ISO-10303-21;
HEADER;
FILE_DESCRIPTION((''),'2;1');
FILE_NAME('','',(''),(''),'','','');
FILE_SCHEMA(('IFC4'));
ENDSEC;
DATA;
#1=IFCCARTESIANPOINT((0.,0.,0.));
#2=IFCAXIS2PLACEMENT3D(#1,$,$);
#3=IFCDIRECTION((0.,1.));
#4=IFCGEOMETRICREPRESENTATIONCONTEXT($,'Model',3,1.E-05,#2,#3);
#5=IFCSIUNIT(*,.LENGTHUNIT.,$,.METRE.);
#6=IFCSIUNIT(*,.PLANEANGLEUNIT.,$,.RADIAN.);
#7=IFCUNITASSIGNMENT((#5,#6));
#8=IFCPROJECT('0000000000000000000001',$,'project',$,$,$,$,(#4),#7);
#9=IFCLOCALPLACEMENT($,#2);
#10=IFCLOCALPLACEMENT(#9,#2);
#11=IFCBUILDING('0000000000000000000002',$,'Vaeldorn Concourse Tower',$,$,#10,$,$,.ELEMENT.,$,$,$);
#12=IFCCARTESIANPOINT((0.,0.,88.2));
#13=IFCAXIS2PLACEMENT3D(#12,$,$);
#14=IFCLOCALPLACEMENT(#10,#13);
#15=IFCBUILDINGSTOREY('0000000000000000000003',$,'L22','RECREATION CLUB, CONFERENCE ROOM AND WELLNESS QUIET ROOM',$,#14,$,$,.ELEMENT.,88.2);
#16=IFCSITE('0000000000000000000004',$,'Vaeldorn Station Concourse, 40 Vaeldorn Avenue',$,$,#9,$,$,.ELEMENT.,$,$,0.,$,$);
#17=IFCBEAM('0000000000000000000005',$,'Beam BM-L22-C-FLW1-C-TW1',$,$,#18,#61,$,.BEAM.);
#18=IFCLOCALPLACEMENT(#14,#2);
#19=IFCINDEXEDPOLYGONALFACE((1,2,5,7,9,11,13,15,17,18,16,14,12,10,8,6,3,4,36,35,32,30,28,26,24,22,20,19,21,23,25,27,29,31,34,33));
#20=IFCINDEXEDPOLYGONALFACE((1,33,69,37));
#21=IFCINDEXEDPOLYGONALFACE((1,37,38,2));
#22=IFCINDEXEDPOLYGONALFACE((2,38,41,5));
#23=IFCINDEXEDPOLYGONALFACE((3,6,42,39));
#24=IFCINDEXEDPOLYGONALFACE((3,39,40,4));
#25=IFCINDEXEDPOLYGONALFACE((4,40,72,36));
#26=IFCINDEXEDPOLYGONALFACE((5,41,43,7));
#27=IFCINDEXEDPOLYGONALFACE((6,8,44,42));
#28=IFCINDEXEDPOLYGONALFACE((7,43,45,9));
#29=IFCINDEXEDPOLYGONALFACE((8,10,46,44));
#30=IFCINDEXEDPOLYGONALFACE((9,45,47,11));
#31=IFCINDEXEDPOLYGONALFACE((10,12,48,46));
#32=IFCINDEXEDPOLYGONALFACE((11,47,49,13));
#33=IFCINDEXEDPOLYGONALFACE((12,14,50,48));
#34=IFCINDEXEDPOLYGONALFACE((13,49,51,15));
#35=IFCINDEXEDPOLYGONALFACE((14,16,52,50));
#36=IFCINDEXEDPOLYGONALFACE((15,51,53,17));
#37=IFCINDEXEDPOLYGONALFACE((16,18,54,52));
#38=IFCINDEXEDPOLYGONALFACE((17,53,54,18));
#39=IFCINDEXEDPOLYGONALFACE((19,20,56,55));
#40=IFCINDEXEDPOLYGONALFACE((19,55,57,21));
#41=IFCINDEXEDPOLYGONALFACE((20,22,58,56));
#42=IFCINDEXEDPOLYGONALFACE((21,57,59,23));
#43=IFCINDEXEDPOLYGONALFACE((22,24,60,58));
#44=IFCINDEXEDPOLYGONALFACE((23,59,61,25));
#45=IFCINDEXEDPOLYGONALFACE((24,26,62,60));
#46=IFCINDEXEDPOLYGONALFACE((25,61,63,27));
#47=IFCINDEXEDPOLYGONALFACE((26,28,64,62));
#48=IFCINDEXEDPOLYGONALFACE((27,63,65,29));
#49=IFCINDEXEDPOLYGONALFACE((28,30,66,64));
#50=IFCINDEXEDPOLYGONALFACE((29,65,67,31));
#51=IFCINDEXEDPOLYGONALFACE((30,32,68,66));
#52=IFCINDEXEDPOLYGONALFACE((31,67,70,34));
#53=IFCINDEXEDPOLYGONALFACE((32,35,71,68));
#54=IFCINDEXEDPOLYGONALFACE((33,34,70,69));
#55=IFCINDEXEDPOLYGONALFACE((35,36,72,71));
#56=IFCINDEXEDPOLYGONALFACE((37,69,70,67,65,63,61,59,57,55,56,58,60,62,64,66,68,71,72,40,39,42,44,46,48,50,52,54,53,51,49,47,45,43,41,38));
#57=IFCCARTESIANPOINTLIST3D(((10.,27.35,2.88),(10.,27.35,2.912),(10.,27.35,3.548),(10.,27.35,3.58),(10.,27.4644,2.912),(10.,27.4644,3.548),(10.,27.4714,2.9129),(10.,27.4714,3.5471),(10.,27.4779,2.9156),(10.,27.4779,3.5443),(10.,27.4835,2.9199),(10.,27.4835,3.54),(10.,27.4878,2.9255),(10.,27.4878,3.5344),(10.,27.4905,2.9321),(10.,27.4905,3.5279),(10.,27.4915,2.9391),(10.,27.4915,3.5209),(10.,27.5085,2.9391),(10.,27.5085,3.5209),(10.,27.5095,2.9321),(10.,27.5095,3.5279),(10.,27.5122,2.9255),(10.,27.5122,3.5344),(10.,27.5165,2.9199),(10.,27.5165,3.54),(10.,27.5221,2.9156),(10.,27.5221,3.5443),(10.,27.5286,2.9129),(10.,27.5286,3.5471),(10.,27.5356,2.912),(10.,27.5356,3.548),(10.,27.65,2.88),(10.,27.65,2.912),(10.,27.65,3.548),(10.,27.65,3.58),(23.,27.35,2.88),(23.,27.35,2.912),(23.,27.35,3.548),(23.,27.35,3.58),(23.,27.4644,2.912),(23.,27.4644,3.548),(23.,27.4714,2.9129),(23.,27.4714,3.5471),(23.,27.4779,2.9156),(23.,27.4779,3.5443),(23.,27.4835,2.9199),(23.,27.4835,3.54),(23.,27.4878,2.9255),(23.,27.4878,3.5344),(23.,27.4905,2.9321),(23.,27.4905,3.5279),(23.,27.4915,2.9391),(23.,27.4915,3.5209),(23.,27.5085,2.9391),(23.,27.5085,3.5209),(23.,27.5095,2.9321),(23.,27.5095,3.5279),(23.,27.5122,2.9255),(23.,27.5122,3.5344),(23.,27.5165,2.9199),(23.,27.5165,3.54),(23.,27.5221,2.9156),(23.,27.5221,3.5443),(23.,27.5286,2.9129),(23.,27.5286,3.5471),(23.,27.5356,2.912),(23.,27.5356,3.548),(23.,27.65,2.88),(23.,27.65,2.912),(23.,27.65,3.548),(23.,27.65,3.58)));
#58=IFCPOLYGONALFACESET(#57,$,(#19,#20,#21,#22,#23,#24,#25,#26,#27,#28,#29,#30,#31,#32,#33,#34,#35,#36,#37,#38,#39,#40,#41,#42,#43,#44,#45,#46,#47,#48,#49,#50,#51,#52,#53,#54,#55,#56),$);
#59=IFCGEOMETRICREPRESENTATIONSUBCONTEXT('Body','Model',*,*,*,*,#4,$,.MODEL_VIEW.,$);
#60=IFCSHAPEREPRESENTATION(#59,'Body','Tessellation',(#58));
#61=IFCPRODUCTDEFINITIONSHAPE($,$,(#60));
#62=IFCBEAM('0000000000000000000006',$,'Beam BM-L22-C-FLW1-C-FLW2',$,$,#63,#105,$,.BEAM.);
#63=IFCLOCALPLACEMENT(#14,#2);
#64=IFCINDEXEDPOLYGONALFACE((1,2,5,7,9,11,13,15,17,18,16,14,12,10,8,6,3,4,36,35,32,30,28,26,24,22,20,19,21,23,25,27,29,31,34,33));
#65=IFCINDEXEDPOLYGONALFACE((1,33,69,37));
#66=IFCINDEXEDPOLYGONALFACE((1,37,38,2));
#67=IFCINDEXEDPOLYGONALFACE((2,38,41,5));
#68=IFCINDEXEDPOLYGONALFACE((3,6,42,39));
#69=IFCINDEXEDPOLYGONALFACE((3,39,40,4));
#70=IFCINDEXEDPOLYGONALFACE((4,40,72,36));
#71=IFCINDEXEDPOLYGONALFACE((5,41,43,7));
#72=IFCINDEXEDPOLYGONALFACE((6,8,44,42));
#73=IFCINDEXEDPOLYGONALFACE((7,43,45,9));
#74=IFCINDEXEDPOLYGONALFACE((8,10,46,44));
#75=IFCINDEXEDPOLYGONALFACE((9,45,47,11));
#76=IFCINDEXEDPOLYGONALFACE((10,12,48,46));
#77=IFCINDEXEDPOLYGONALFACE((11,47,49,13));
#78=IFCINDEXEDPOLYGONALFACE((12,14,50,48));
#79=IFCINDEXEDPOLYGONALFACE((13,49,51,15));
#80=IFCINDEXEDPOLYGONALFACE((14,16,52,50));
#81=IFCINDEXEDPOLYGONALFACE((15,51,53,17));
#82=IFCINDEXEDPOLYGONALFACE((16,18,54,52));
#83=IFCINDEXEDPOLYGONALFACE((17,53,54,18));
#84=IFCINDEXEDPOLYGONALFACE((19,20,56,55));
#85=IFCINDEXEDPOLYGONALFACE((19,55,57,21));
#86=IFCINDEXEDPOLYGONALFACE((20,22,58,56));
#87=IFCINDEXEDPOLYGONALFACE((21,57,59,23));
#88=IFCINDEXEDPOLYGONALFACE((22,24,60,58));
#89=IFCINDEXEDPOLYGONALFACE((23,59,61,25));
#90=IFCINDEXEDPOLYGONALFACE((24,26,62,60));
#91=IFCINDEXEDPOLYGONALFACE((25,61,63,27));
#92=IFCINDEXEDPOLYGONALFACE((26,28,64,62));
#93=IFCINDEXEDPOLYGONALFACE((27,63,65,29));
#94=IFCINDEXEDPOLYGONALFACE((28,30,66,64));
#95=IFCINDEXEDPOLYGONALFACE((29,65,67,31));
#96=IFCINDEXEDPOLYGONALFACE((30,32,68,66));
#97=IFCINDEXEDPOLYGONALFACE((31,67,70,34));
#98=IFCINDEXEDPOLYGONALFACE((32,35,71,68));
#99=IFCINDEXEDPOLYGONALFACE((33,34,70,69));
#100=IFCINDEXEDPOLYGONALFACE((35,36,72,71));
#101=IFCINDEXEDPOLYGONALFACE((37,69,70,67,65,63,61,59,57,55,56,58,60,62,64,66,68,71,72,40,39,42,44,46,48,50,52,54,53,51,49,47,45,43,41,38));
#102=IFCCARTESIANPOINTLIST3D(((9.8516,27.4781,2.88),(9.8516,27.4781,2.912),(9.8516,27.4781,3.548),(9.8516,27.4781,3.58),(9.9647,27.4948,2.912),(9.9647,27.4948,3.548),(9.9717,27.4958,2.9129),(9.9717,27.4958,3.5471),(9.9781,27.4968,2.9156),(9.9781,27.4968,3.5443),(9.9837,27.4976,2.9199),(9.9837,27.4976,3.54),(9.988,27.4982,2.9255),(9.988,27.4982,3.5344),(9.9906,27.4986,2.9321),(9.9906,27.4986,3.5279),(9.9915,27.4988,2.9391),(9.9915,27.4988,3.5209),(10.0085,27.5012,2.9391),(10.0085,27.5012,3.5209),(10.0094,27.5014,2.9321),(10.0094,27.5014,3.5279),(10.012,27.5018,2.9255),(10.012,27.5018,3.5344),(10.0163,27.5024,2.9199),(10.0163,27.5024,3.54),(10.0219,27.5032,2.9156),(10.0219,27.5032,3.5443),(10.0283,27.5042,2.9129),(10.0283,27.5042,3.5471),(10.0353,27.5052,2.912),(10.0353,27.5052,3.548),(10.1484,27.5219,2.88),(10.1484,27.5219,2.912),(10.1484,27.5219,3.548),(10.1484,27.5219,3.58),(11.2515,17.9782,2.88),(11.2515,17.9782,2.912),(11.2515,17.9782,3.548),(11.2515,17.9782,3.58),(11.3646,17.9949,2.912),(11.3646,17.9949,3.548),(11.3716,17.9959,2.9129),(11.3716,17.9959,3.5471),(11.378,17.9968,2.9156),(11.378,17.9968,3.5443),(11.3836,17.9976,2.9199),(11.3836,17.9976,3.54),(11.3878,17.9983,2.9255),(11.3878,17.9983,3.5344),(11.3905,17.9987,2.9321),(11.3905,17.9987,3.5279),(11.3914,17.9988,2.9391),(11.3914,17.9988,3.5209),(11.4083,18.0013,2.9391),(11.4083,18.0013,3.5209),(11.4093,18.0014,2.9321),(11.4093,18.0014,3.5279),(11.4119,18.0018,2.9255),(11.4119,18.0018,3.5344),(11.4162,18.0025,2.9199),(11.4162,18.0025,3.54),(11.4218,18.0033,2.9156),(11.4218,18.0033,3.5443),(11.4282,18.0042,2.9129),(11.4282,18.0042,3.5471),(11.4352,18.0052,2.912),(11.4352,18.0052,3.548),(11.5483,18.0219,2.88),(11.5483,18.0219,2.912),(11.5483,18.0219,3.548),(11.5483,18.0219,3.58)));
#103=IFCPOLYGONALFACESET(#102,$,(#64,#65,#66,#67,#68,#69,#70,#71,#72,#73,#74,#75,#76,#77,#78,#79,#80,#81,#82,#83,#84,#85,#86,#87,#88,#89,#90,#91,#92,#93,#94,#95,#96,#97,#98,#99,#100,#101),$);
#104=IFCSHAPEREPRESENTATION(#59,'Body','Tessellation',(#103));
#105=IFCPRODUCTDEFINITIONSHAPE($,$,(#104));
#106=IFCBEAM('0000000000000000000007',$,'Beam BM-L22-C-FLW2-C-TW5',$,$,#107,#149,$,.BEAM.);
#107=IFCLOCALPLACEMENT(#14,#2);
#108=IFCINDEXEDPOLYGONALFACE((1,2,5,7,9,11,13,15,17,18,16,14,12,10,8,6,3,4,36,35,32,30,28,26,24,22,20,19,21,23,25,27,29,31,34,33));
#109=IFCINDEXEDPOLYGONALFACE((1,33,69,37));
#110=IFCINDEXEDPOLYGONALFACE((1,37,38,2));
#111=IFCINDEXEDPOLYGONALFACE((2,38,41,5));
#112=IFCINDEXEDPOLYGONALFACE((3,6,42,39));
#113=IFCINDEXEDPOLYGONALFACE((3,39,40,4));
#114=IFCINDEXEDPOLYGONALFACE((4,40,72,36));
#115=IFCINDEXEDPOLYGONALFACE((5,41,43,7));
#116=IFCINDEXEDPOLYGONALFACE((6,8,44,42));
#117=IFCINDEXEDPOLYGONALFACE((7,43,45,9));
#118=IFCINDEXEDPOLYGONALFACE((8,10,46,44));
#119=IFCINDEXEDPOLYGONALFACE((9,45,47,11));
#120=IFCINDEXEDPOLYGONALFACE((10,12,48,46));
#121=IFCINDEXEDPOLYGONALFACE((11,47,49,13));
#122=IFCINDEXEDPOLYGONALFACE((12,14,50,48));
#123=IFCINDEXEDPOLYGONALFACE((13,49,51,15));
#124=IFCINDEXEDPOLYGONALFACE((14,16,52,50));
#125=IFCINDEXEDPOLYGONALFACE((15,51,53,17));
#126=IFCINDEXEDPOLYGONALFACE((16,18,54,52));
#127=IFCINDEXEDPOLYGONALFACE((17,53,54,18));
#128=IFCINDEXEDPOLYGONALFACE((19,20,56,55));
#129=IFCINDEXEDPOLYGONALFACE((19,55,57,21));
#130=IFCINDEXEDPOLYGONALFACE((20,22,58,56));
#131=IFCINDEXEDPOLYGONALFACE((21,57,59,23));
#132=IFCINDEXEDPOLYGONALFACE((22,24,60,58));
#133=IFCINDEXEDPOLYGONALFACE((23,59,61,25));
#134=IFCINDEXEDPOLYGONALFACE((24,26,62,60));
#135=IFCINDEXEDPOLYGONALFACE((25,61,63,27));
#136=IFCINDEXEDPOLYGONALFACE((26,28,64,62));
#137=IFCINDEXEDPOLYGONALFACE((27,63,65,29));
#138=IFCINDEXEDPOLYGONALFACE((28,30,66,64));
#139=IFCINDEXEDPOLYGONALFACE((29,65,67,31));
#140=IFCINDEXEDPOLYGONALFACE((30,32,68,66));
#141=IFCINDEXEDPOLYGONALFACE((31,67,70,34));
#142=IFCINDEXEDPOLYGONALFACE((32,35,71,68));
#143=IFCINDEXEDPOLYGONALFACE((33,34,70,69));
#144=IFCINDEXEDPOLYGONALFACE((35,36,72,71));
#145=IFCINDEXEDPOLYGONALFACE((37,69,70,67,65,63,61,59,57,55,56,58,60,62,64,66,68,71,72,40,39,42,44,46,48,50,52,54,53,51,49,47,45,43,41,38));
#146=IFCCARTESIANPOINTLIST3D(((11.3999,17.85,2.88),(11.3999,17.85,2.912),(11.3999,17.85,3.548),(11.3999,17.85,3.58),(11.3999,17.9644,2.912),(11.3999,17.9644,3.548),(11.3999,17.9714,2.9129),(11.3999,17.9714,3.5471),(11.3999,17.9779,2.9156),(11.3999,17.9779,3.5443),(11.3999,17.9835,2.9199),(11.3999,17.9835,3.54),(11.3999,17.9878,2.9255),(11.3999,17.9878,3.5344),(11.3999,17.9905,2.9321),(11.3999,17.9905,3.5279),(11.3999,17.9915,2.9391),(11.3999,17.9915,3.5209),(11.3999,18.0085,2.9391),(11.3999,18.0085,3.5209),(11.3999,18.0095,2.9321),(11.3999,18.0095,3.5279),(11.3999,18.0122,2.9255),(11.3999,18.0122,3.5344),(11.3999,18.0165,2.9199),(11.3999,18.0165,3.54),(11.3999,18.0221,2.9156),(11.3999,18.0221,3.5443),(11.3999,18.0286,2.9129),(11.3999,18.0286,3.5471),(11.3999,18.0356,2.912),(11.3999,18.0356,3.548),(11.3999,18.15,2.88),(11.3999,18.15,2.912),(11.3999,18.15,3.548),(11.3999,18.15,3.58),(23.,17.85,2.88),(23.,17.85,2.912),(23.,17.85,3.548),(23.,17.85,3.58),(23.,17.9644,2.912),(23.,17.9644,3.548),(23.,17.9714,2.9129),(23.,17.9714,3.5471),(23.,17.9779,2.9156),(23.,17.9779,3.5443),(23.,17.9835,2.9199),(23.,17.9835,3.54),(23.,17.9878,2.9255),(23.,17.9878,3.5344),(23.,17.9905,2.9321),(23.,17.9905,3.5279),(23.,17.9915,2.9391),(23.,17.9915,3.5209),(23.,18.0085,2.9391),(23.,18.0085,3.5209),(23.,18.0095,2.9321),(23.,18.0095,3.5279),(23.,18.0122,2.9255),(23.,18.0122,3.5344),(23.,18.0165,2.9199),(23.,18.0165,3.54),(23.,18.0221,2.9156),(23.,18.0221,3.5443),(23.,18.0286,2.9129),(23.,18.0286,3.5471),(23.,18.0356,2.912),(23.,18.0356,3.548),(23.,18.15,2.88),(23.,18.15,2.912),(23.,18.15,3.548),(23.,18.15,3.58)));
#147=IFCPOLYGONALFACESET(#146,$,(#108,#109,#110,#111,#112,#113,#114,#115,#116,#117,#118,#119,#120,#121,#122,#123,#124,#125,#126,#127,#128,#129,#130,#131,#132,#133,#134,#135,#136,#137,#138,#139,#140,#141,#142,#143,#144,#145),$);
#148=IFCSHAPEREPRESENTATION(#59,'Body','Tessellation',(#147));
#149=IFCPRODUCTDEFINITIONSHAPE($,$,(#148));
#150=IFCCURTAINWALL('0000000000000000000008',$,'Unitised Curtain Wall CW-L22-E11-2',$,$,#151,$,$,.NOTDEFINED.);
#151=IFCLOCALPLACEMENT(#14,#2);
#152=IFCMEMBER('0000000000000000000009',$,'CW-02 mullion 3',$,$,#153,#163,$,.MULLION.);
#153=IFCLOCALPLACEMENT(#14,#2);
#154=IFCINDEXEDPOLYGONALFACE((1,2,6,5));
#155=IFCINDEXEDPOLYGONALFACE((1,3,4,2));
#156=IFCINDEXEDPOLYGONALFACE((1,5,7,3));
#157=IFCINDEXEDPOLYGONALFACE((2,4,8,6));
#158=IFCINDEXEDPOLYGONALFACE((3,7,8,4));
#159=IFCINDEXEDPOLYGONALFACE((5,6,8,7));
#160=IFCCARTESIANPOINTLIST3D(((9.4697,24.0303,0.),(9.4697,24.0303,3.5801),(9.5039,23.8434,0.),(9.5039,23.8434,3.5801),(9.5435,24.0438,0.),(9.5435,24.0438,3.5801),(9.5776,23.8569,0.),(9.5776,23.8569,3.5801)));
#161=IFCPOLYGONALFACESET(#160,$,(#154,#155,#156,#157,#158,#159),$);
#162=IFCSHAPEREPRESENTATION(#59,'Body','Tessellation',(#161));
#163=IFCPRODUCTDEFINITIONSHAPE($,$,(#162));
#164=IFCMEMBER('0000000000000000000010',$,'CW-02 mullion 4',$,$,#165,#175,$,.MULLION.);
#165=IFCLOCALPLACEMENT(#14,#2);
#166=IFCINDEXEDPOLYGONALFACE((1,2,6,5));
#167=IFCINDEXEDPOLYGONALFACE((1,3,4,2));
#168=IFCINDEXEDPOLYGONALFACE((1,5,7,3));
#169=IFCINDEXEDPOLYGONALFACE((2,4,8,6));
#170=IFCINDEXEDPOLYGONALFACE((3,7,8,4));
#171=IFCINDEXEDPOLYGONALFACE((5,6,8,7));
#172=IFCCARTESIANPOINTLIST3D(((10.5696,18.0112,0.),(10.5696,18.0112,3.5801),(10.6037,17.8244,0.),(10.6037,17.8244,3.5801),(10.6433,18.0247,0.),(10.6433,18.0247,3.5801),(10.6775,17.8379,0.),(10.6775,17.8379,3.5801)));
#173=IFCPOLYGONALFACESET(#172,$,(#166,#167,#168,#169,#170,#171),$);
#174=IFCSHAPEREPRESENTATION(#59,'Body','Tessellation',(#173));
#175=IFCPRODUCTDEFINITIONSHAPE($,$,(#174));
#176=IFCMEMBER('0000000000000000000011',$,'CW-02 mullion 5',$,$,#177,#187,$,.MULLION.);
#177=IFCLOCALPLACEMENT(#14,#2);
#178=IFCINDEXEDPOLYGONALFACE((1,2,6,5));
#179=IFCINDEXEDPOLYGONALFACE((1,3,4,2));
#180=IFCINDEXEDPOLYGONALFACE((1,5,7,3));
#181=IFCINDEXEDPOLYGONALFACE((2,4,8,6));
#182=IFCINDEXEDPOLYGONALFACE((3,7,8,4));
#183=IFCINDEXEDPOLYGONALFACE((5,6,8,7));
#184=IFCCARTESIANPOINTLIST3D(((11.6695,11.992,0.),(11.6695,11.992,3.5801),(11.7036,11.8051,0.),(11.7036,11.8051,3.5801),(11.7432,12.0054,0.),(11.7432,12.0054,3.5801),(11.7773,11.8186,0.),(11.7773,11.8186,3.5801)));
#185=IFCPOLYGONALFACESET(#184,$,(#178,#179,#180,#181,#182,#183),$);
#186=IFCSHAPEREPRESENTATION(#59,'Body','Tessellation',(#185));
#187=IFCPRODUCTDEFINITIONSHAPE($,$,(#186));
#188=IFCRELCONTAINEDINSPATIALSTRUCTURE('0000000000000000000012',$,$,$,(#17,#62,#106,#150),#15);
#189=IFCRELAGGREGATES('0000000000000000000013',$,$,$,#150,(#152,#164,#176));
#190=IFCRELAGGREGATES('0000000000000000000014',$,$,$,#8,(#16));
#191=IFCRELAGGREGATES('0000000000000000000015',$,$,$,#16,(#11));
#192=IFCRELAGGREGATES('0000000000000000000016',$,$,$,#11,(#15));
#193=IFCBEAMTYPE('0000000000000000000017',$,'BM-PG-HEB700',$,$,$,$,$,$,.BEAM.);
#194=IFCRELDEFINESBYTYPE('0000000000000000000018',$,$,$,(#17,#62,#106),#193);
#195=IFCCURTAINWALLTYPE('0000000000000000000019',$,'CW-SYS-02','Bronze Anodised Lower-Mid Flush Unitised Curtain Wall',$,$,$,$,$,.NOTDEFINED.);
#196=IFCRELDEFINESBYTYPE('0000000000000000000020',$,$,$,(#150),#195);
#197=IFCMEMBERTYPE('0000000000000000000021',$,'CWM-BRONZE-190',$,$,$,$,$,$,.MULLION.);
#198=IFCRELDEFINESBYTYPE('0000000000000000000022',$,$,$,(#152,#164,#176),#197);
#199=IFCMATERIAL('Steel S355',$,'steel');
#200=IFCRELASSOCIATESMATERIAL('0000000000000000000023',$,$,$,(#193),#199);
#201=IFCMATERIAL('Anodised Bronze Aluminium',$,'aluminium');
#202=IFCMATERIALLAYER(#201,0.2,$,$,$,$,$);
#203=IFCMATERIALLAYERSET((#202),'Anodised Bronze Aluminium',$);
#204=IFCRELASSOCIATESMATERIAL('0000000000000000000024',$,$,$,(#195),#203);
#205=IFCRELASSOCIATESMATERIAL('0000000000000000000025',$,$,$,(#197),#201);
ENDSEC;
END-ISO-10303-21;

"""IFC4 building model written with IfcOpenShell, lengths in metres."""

from ifc_helpers import new_model, si_unit, direction, frame, origin, origin_2d, place, context, subcontext, project, spatial, rectangle, i_section, extrude, source, transform, mapped, material, layer, layer_set, material_profile, profile_set, type_object, element, aggregate, save


model = new_model("IFC4")

# Units and contexts
model_context = context("Model", 3, precision=1e-05, world=origin(), true_north=direction((0.0, 1.0)))
body_context = subcontext(model_context, "Body", "Model", "MODEL_VIEW")
ifc_project = project(units=[si_unit("LENGTHUNIT", "METRE"), si_unit("PLANEANGLEUNIT", "RADIAN")], contexts=[model_context])

# Site, building, storey
site_placement = place(None, origin())
site = spatial("IfcSite", under=ifc_project, at=site_placement, Name="Vaeldorn Station Concourse, 40 Vaeldorn Avenue", CompositionType="ELEMENT", RefElevation=0.0)
building_placement = place(site_placement, origin())
building = spatial("IfcBuilding", under=site, at=building_placement, Name="Vaeldorn Concourse Tower", CompositionType="ELEMENT")
storey_placement = place(building_placement, frame((0.0, 0.0, 88.2)))
storey = spatial("IfcBuildingStorey", under=building, at=storey_placement, Name="L22", Description="RECREATION CLUB, CONFERENCE ROOM AND WELLNESS QUIET ROOM", CompositionType="ELEMENT", Elevation=88.2)

# Beams
ifc_material_1 = material(Name="Steel S355", Category="steel")
ifc_material_profile_1 = material_profile(ifc_material_1, i_section(OverallWidth=0.3, OverallDepth=0.7, WebThickness=0.0171, FlangeThickness=0.032, FilletRadius=0.0271, at=origin_2d()), Name="HEB 700")
ifc_profile_set_1 = profile_set([ifc_material_profile_1], Name="Steel S355")
beam_type_1 = type_object("IfcBeamType", Name="BM-PG-HEB700", PredefinedType="BEAM", material=ifc_profile_set_1)
shared_shape_1 = source(origin(), body_context, "Body", "SweptSolid", [
    extrude(i_section(OverallWidth=0.3, OverallDepth=0.7, WebThickness=0.0171, FlangeThickness=0.032, FilletRadius=0.0271, at=origin_2d()), origin(), (0.0, 0.0, 1.0), 13.0),
])
beam_1_placement = place(storey_placement, frame((10.0, 27.5, 3.23), z_axis=(1.0, 0.0, 0.0), x_axis=(0.0, 1.0, 0.0)))
element("IfcBeam", 1, at=beam_1_placement, inside=storey, type_object=beam_type_1, Name="Beam BM-L22-C-FLW1-C-TW1", PredefinedType="BEAM", context=body_context, shape_type="MappedRepresentation", body=[
    mapped(shared_shape_1, transform((0.0, 0.0, 0.0), scale=1.0)),
])
shared_shape_2 = source(origin(), body_context, "Body", "SweptSolid", [
    extrude(i_section(OverallWidth=0.3, OverallDepth=0.7, WebThickness=0.0171, FlangeThickness=0.032, FilletRadius=0.0271, at=origin_2d()), origin(), (0.0, 0.0, 1.0), 9.6025),
])
beam_2_placement = place(storey_placement, frame((10.0, 27.5, 3.23), z_axis=(0.145784, -0.989316, 0.0), x_axis=(0.989316, 0.145784, 0.0)))
element("IfcBeam", 2, at=beam_2_placement, inside=storey, type_object=beam_type_1, Name="Beam BM-L22-C-FLW1-C-FLW2", PredefinedType="BEAM", context=body_context, shape_type="MappedRepresentation", body=[
    mapped(shared_shape_2, transform((0.0, 0.0, 0.0), scale=1.0)),
])
shared_shape_3 = source(origin(), body_context, "Body", "SweptSolid", [
    extrude(i_section(OverallWidth=0.3, OverallDepth=0.7, WebThickness=0.0171, FlangeThickness=0.032, FilletRadius=0.0271, at=origin_2d()), origin(), (0.0, 0.0, 1.0), 11.6001),
])
beam_3_placement = place(storey_placement, frame((11.3999, 18.0, 3.23), z_axis=(1.0, 0.0, 0.0), x_axis=(0.0, 1.0, 0.0)))
element("IfcBeam", 3, at=beam_3_placement, inside=storey, type_object=beam_type_1, Name="Beam BM-L22-C-FLW2-C-TW5", PredefinedType="BEAM", context=body_context, shape_type="MappedRepresentation", body=[
    mapped(shared_shape_3, transform((0.0, 0.0, 0.0), scale=1.0)),
])

# Curtain wall, members
ifc_material_2 = material(Name="Anodised Bronze Aluminium", Category="aluminium")
ifc_layer_1 = layer(ifc_material_2, 0.2)
ifc_layer_set_1 = layer_set([ifc_layer_1], Name="Anodised Bronze Aluminium")
curtain_wall_type = type_object("IfcCurtainWallType", Name="CW-SYS-02", Description="Bronze Anodised Lower-Mid Flush Unitised Curtain Wall", PredefinedType="NOTDEFINED", material=ifc_layer_set_1)
curtain_wall_placement = place(storey_placement, origin())
curtain_wall = element("IfcCurtainWall", 4, at=curtain_wall_placement, inside=storey, type_object=curtain_wall_type, Name="Unitised Curtain Wall CW-L22-E11-2", PredefinedType="NOTDEFINED")
ifc_material_profile_2 = material_profile(ifc_material_2, rectangle(XDim=0.075, YDim=0.1899, at=origin_2d()), Name="CWM 75x190")
ifc_profile_set_2 = profile_set([ifc_material_profile_2], Name="Anodised Bronze Aluminium")
member_type_1 = type_object("IfcMemberType", Name="CWM-BRONZE-190", PredefinedType="MULLION", material=ifc_profile_set_2)
shared_shape_4 = source(origin(), body_context, "Body", "SweptSolid", [
    extrude(rectangle(XDim=0.075, YDim=0.1899, at=origin_2d()), origin(), (0.0, 0.0, 1.0), 3.5801),
])
member_1_placement = place(storey_placement, frame((9.5237, 23.9436, 0.0), z_axis=(0.0, 0.0, 1.0), x_axis=(0.983712, 0.179753, 0.0)))
member_1 = element("IfcMember", 5, at=member_1_placement, type_object=member_type_1, Name="CW-02 mullion 3", PredefinedType="MULLION", context=body_context, shape_type="MappedRepresentation", body=[
    mapped(shared_shape_4, transform((0.0, 0.0, 0.0), scale=1.0)),
])
member_2_placement = place(storey_placement, frame((10.6235, 17.9246, 0.0), z_axis=(0.0, 0.0, 1.0), x_axis=(0.983712, 0.179753, 0.0)))
member_2 = element("IfcMember", 6, at=member_2_placement, type_object=member_type_1, Name="CW-02 mullion 4", PredefinedType="MULLION", context=body_context, shape_type="MappedRepresentation", body=[
    mapped(shared_shape_4, transform((0.0, 0.0, 0.0), scale=1.0)),
])
member_3_placement = place(storey_placement, frame((11.7234, 11.9053, 0.0), z_axis=(0.0, 0.0, 1.0), x_axis=(0.983712, 0.179753, 0.0)))
member_3 = element("IfcMember", 7, at=member_3_placement, type_object=member_type_1, Name="CW-02 mullion 5", PredefinedType="MULLION", context=body_context, shape_type="MappedRepresentation", body=[
    mapped(shared_shape_4, transform((0.0, 0.0, 0.0), scale=1.0)),
])
aggregate(curtain_wall, [member_1, member_2, member_3])

save(model, "model.ifc")
